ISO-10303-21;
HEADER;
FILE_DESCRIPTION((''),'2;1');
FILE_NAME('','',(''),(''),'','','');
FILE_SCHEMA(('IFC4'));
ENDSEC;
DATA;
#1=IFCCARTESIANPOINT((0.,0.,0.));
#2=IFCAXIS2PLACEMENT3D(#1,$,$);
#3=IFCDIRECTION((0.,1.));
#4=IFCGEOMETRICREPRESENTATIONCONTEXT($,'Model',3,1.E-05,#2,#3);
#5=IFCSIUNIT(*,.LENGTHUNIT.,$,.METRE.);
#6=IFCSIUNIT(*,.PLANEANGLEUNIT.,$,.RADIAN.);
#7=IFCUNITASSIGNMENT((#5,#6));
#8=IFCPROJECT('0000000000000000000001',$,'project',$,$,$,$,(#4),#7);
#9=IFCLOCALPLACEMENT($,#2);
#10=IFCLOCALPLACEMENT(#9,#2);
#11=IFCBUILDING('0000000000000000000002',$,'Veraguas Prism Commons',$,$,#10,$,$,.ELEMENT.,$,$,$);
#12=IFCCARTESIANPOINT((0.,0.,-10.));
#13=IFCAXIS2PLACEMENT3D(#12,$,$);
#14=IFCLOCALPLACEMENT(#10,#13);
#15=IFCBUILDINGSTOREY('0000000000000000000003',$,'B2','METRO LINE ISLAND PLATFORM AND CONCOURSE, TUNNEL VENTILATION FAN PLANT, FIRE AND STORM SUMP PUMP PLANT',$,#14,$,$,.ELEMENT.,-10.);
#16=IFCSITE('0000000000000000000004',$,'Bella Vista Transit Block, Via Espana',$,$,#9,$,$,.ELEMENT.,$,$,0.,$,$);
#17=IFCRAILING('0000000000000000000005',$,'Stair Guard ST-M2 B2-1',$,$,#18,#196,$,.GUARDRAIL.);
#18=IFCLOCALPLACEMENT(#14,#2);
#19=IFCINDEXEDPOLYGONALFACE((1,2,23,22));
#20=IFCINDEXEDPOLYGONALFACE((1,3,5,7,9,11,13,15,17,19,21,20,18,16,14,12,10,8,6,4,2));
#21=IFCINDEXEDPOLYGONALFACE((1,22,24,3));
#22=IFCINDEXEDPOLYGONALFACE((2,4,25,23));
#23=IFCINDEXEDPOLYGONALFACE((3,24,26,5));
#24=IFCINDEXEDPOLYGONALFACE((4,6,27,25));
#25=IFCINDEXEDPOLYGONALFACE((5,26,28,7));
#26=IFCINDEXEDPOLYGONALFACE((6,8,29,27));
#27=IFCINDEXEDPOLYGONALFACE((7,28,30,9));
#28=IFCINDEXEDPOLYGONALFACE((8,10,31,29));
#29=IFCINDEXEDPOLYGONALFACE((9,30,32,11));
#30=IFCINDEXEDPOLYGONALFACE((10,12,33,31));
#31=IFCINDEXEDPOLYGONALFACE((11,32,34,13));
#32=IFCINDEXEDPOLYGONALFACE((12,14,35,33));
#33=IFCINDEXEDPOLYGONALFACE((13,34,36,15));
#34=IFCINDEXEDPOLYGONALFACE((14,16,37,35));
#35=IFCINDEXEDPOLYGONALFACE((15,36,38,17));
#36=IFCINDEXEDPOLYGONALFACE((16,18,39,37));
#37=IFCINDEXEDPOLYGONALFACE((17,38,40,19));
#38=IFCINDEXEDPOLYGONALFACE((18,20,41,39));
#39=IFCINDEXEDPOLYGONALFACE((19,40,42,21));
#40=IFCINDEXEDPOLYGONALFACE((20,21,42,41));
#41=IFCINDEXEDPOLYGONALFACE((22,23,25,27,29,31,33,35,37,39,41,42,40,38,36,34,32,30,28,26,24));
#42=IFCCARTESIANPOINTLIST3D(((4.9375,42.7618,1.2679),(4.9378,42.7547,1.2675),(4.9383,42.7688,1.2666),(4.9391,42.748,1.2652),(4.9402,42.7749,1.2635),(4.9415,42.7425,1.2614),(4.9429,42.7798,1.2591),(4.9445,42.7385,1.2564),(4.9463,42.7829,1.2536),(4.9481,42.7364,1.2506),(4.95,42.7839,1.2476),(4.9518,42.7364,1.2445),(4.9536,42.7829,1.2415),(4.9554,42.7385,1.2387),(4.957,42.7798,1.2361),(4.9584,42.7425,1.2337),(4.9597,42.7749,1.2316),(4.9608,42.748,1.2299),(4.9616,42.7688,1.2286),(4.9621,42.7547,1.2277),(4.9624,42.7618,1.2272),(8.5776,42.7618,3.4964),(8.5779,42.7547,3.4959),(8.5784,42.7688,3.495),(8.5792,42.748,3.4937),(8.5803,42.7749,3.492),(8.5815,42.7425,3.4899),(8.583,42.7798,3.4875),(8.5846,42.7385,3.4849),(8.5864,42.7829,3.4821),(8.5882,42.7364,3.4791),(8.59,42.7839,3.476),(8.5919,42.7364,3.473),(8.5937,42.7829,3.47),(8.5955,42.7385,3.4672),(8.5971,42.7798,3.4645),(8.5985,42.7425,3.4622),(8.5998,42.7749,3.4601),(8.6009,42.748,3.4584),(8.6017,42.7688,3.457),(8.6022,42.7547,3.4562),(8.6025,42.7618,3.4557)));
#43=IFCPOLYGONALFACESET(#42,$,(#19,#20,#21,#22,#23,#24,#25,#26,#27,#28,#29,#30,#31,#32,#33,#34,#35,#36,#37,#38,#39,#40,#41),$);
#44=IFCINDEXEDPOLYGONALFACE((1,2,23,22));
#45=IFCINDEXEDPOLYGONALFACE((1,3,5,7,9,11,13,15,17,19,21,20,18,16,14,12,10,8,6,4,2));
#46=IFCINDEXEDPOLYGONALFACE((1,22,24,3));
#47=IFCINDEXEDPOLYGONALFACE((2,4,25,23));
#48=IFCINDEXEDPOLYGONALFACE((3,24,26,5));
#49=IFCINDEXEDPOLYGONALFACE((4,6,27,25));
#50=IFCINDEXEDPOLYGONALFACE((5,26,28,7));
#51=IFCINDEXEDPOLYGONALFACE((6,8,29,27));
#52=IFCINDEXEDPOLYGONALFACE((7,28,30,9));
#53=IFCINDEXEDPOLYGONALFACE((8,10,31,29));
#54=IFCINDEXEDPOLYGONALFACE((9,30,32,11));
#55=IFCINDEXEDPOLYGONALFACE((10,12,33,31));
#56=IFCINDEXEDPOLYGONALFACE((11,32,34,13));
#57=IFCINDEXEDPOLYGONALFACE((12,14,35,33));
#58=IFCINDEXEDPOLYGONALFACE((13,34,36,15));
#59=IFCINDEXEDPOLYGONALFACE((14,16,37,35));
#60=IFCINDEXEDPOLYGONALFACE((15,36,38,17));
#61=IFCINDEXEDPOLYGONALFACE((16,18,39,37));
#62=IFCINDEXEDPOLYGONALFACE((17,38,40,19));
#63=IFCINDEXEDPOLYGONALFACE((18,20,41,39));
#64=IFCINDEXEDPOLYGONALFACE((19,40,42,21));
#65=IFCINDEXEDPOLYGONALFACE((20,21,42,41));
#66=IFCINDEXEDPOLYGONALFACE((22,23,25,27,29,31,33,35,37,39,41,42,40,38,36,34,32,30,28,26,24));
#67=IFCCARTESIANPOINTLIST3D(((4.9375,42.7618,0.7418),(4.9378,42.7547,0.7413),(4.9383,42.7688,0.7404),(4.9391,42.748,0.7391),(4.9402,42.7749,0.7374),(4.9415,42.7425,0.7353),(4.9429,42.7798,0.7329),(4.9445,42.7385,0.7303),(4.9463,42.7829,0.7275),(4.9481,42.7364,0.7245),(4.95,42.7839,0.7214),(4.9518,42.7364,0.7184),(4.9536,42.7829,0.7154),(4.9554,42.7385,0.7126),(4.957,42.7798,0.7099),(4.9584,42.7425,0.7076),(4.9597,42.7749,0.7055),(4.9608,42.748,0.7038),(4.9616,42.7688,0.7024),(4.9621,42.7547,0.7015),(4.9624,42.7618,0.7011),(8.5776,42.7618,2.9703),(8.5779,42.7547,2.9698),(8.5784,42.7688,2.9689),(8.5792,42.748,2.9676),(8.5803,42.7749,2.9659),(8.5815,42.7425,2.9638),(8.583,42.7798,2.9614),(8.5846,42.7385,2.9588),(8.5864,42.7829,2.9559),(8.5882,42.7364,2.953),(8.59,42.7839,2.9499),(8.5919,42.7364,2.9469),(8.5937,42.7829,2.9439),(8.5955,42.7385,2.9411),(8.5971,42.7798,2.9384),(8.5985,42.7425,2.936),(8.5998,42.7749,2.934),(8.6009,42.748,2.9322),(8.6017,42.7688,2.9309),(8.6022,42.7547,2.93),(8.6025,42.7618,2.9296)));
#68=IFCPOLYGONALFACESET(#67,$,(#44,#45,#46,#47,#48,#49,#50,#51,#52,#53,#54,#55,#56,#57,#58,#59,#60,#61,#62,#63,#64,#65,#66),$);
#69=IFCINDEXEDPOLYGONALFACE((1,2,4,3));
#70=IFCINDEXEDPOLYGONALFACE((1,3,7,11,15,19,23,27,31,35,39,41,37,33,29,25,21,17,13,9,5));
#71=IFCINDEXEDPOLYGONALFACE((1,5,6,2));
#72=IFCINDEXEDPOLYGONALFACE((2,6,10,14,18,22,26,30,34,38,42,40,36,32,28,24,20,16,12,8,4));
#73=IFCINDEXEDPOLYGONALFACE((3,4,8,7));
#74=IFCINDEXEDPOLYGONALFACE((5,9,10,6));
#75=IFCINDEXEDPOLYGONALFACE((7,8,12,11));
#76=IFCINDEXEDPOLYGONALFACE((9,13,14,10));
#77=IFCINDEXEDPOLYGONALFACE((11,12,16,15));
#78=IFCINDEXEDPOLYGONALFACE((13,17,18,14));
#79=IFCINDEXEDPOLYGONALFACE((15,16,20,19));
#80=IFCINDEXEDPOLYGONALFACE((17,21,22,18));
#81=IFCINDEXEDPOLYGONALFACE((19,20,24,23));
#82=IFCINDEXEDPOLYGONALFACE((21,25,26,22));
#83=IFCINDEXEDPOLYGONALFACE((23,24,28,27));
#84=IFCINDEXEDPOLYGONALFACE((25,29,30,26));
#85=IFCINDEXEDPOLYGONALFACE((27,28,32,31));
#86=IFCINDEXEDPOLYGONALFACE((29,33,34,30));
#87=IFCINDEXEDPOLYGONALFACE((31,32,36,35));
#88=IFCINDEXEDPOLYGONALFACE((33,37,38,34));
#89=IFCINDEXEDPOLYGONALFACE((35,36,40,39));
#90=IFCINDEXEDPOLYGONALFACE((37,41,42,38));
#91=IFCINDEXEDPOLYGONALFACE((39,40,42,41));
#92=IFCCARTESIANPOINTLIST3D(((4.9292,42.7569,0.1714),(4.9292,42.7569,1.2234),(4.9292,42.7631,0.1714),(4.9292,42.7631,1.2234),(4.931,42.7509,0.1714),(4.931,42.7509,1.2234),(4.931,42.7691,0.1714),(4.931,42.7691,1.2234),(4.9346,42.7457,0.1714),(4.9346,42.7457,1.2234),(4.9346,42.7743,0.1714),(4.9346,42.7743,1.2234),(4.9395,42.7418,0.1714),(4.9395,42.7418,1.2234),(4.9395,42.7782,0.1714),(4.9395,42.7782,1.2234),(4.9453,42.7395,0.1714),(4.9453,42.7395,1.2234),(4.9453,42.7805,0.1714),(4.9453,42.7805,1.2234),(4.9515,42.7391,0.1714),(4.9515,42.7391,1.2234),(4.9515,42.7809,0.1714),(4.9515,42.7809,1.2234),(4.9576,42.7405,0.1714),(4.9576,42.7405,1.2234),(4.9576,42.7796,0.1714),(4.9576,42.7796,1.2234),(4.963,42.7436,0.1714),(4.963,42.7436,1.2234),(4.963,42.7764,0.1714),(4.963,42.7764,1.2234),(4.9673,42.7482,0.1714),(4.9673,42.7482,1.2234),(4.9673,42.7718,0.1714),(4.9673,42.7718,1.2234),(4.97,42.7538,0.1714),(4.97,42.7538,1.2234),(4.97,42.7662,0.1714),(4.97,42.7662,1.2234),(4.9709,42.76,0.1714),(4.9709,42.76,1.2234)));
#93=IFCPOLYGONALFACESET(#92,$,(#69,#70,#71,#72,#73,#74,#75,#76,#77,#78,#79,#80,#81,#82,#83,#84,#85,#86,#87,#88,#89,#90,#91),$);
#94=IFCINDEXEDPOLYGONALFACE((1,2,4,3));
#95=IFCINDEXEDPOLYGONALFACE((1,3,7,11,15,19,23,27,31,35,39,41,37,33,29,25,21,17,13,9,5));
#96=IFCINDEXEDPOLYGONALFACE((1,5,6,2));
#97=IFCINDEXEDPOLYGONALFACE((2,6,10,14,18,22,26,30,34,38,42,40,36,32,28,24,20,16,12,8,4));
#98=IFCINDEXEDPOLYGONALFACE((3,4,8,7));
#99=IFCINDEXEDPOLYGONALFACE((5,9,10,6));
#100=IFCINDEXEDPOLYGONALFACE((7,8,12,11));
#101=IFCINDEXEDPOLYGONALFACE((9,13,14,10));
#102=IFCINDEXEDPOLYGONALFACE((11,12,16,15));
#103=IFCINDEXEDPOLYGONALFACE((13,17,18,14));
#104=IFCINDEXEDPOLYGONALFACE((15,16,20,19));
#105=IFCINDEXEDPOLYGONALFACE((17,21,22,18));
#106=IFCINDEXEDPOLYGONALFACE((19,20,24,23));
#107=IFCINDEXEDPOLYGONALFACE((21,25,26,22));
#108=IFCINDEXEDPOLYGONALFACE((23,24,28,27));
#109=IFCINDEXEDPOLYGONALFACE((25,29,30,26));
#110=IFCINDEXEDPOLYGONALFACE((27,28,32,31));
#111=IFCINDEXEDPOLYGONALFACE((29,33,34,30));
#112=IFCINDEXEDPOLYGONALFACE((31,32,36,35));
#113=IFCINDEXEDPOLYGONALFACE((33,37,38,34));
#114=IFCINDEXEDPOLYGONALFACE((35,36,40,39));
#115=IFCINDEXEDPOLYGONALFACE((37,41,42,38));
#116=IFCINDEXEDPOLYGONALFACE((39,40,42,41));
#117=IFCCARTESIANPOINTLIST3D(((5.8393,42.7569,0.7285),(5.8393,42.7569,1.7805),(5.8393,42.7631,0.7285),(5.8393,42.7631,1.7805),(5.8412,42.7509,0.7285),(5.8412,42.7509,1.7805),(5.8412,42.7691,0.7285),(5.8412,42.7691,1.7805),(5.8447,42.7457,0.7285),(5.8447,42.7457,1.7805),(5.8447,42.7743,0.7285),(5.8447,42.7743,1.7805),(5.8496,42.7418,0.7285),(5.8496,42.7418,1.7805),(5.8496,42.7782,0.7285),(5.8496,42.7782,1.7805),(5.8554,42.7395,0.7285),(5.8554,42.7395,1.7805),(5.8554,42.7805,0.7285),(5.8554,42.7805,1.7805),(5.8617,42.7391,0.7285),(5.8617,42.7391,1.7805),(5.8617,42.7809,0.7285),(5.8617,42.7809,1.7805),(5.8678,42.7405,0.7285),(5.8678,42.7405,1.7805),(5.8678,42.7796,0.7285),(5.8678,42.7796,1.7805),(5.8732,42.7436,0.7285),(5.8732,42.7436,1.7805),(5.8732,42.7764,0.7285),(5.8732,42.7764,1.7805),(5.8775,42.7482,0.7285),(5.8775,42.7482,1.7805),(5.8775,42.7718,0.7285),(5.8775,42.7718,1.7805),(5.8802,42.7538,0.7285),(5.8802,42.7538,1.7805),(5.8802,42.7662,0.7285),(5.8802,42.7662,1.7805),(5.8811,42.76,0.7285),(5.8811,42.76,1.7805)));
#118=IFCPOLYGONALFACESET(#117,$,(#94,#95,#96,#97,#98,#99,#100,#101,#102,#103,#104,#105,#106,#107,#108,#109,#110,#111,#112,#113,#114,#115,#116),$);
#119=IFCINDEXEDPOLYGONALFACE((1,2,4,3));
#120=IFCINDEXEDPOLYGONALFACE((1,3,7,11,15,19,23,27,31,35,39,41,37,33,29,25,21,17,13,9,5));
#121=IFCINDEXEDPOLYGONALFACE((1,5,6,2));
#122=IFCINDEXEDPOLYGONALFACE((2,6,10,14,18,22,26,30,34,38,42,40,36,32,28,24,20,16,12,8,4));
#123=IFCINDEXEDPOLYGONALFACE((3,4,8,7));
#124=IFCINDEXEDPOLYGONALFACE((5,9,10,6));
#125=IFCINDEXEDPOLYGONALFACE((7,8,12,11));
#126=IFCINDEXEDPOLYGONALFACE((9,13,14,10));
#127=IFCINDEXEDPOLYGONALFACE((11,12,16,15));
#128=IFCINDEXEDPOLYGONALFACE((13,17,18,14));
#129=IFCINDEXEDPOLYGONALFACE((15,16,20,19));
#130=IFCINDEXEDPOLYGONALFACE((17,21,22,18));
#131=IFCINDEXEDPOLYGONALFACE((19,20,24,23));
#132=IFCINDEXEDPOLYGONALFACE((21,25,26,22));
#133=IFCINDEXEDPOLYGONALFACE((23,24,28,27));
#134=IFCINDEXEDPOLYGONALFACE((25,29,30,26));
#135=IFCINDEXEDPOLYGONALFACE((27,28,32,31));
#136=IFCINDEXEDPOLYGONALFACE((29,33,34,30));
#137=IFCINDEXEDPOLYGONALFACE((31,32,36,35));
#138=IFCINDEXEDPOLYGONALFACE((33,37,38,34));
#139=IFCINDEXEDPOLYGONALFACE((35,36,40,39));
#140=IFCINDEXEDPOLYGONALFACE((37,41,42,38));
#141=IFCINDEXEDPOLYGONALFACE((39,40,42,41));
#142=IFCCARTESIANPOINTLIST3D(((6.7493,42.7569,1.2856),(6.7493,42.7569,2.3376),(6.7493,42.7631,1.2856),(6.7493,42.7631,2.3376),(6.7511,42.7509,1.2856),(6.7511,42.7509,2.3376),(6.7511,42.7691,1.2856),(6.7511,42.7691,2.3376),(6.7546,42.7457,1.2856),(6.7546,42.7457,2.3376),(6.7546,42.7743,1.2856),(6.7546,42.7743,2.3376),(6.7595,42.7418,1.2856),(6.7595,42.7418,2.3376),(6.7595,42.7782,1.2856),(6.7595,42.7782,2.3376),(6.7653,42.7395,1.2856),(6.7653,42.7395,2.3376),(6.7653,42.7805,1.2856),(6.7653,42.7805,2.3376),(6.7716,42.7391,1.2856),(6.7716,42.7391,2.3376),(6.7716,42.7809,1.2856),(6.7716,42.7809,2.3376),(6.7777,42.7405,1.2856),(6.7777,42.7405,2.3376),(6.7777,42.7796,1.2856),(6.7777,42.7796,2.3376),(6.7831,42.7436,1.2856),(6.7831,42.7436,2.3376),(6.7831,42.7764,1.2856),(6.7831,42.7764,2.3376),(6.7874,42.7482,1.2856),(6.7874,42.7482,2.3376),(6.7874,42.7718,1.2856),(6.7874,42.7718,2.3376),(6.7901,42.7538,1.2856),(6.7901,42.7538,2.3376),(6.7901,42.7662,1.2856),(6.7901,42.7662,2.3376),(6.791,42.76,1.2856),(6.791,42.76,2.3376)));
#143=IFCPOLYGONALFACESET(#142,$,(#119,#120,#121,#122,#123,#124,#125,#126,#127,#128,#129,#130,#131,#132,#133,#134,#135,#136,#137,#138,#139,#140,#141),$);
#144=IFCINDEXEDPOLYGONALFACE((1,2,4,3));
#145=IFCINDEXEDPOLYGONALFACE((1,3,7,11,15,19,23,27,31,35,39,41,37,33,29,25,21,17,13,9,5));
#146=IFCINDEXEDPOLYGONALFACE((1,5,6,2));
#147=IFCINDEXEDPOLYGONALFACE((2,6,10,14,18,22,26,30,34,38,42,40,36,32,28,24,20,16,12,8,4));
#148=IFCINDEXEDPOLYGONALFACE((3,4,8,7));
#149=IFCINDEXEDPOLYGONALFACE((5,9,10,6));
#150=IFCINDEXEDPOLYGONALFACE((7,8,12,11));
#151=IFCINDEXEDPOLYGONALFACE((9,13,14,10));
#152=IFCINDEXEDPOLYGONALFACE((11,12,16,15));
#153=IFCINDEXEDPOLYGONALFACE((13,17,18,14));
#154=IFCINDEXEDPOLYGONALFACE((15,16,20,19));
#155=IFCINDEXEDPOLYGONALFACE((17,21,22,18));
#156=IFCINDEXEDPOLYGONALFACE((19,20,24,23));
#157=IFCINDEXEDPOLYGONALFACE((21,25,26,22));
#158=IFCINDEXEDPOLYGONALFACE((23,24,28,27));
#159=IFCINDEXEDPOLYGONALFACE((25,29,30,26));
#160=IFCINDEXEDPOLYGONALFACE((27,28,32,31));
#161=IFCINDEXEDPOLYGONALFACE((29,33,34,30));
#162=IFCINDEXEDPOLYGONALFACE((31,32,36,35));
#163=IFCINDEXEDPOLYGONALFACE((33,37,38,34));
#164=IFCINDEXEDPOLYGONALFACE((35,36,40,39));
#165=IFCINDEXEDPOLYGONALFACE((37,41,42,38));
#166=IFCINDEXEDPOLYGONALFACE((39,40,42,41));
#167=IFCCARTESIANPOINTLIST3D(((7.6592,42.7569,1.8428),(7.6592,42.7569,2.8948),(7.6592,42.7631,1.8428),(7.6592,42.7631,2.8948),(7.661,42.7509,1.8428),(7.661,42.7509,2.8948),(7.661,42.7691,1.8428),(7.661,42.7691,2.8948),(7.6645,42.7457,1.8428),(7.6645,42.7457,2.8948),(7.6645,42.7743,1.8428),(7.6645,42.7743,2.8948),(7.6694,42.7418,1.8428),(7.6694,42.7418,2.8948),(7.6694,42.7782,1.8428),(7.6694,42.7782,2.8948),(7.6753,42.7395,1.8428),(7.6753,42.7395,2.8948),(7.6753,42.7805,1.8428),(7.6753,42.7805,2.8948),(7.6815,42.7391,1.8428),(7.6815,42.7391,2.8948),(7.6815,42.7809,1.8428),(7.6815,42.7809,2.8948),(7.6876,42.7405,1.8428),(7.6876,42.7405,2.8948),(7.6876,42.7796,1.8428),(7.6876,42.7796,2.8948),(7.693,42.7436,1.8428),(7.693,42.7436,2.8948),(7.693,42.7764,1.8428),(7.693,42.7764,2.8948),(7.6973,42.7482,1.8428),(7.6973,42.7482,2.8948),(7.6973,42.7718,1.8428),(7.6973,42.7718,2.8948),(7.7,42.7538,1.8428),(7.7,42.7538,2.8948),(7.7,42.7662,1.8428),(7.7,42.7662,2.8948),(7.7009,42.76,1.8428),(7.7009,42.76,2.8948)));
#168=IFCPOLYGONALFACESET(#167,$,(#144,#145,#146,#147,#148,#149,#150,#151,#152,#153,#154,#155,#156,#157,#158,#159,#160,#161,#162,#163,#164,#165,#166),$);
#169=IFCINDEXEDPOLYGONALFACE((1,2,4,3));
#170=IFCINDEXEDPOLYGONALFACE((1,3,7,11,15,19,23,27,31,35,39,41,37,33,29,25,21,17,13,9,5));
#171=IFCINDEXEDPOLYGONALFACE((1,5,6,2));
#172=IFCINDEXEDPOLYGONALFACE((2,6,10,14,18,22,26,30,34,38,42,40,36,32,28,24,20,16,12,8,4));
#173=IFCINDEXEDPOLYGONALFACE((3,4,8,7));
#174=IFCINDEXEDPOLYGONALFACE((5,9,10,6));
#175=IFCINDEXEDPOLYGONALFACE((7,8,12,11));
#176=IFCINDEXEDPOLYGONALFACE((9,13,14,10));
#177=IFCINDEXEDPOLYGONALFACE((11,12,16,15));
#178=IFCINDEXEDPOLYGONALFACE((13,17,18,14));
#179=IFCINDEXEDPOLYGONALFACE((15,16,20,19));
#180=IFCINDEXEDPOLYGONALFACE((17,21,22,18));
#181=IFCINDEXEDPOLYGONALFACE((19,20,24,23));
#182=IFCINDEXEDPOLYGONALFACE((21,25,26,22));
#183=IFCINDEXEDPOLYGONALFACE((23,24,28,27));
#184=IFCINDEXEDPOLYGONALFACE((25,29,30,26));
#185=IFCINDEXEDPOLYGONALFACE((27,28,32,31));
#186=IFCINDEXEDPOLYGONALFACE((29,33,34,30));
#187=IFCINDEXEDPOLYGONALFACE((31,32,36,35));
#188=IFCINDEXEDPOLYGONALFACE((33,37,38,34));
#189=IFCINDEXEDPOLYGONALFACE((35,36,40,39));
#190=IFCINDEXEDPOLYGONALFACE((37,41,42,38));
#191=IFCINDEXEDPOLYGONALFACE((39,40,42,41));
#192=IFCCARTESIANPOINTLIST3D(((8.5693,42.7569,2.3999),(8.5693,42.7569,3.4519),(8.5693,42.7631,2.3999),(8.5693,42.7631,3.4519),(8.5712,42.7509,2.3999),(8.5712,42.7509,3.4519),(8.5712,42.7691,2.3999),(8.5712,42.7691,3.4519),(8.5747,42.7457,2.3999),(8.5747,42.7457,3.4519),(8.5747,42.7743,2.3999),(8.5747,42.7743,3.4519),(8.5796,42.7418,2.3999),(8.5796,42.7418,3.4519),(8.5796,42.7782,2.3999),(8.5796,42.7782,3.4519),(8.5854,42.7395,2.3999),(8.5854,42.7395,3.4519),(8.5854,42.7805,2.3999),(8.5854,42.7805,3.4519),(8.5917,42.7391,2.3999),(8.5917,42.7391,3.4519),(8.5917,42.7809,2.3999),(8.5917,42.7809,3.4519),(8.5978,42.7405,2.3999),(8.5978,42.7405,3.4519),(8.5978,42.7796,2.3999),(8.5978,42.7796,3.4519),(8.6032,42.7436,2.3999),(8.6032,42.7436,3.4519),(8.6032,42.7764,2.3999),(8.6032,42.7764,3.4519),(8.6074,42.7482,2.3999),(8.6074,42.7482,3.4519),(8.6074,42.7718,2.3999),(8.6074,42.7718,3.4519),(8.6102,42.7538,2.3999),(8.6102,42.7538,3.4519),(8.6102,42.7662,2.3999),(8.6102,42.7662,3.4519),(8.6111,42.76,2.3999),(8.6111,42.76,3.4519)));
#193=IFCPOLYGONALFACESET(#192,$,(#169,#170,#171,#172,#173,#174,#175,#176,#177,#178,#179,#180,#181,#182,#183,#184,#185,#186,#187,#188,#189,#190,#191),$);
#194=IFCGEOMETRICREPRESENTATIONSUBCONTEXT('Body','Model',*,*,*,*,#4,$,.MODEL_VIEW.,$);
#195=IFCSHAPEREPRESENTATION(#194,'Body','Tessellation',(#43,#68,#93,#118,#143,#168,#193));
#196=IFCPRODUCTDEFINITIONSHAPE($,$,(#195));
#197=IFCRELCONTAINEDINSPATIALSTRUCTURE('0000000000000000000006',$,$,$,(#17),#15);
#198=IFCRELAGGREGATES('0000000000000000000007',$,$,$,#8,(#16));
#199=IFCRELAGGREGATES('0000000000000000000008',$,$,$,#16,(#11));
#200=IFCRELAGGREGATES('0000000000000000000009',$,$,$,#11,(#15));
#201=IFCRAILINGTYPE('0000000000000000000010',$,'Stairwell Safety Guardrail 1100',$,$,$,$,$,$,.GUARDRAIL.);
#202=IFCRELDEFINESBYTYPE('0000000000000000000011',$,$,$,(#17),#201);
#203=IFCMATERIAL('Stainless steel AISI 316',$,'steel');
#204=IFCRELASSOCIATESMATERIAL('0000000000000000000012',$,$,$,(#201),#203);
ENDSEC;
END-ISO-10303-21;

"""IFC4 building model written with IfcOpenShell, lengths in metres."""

from ifc_helpers import new_model, si_unit, direction, frame, origin, origin_2d, place, context, subcontext, project, spatial, circle, extrude, material, type_object, element, save


model = new_model("IFC4")

# Units and contexts
model_context = context("Model", 3, precision=1e-05, world=origin(), true_north=direction((0.0, 1.0)))
body_context = subcontext(model_context, "Body", "Model", "MODEL_VIEW")
ifc_project = project(units=[si_unit("LENGTHUNIT", "METRE"), si_unit("PLANEANGLEUNIT", "RADIAN")], contexts=[model_context])

# Site, building, storey
site_placement = place(None, origin())
site = spatial("IfcSite", under=ifc_project, at=site_placement, Name="Bella Vista Transit Block, Via Espana", CompositionType="ELEMENT", RefElevation=0.0)
building_placement = place(site_placement, origin())
building = spatial("IfcBuilding", under=site, at=building_placement, Name="Veraguas Prism Commons", CompositionType="ELEMENT")
storey_placement = place(building_placement, frame((0.0, 0.0, -10.0)))
storey = spatial("IfcBuildingStorey", under=building, at=storey_placement, Name="B2", Description="METRO LINE ISLAND PLATFORM AND CONCOURSE, TUNNEL VENTILATION FAN PLANT, FIRE AND STORM SUMP PUMP PLANT", CompositionType="ELEMENT", Elevation=-10.0)

# Railing
ifc_material_1 = material(Name="Stainless steel AISI 316", Category="steel")
railing_type_1 = type_object("IfcRailingType", Name="Stairwell Safety Guardrail 1100", PredefinedType="GUARDRAIL", material=ifc_material_1)
railing_1_placement = place(storey_placement, frame((4.95, 42.76, 0.1714)))
element("IfcRailing", 1, at=railing_1_placement, inside=storey, type_object=railing_type_1, Name="Stair Guard ST-M2 B2-1", PredefinedType="GUARDRAIL", context=body_context, shape_type="SweptSolid", body=[
    extrude(circle(Radius=0.0239, at=origin_2d()), frame((0.0, 0.0, 1.0762), z_axis=(0.852866, 0.0, 0.52213), x_axis=(0.0, 1.0, 0.0)), (0.0, 0.0, 1.0), 4.2681),
    extrude(circle(Radius=0.0239, at=origin_2d()), frame((0.0, 0.0, 0.55), z_axis=(0.852866, 0.0, 0.52213), x_axis=(0.0, 1.0, 0.0)), (0.0, 0.0, 1.0), 4.2681),
    extrude(circle(Radius=0.021, at=origin_2d()), origin(), (0.0, 0.0, 1.0), 1.052),
    extrude(circle(Radius=0.021, at=origin_2d()), frame((0.9102, 0.0, 0.5571)), (0.0, 0.0, 1.0), 1.052),
    extrude(circle(Radius=0.021, at=origin_2d()), frame((1.8201, 0.0, 1.1143)), (0.0, 0.0, 1.0), 1.052),
    extrude(circle(Radius=0.021, at=origin_2d()), frame((2.73, 0.0, 1.6714)), (0.0, 0.0, 1.0), 1.052),
    extrude(circle(Radius=0.021, at=origin_2d()), frame((3.6401, 0.0, 2.2285)), (0.0, 0.0, 1.0), 1.052),
])

save(model, "model.ifc")
